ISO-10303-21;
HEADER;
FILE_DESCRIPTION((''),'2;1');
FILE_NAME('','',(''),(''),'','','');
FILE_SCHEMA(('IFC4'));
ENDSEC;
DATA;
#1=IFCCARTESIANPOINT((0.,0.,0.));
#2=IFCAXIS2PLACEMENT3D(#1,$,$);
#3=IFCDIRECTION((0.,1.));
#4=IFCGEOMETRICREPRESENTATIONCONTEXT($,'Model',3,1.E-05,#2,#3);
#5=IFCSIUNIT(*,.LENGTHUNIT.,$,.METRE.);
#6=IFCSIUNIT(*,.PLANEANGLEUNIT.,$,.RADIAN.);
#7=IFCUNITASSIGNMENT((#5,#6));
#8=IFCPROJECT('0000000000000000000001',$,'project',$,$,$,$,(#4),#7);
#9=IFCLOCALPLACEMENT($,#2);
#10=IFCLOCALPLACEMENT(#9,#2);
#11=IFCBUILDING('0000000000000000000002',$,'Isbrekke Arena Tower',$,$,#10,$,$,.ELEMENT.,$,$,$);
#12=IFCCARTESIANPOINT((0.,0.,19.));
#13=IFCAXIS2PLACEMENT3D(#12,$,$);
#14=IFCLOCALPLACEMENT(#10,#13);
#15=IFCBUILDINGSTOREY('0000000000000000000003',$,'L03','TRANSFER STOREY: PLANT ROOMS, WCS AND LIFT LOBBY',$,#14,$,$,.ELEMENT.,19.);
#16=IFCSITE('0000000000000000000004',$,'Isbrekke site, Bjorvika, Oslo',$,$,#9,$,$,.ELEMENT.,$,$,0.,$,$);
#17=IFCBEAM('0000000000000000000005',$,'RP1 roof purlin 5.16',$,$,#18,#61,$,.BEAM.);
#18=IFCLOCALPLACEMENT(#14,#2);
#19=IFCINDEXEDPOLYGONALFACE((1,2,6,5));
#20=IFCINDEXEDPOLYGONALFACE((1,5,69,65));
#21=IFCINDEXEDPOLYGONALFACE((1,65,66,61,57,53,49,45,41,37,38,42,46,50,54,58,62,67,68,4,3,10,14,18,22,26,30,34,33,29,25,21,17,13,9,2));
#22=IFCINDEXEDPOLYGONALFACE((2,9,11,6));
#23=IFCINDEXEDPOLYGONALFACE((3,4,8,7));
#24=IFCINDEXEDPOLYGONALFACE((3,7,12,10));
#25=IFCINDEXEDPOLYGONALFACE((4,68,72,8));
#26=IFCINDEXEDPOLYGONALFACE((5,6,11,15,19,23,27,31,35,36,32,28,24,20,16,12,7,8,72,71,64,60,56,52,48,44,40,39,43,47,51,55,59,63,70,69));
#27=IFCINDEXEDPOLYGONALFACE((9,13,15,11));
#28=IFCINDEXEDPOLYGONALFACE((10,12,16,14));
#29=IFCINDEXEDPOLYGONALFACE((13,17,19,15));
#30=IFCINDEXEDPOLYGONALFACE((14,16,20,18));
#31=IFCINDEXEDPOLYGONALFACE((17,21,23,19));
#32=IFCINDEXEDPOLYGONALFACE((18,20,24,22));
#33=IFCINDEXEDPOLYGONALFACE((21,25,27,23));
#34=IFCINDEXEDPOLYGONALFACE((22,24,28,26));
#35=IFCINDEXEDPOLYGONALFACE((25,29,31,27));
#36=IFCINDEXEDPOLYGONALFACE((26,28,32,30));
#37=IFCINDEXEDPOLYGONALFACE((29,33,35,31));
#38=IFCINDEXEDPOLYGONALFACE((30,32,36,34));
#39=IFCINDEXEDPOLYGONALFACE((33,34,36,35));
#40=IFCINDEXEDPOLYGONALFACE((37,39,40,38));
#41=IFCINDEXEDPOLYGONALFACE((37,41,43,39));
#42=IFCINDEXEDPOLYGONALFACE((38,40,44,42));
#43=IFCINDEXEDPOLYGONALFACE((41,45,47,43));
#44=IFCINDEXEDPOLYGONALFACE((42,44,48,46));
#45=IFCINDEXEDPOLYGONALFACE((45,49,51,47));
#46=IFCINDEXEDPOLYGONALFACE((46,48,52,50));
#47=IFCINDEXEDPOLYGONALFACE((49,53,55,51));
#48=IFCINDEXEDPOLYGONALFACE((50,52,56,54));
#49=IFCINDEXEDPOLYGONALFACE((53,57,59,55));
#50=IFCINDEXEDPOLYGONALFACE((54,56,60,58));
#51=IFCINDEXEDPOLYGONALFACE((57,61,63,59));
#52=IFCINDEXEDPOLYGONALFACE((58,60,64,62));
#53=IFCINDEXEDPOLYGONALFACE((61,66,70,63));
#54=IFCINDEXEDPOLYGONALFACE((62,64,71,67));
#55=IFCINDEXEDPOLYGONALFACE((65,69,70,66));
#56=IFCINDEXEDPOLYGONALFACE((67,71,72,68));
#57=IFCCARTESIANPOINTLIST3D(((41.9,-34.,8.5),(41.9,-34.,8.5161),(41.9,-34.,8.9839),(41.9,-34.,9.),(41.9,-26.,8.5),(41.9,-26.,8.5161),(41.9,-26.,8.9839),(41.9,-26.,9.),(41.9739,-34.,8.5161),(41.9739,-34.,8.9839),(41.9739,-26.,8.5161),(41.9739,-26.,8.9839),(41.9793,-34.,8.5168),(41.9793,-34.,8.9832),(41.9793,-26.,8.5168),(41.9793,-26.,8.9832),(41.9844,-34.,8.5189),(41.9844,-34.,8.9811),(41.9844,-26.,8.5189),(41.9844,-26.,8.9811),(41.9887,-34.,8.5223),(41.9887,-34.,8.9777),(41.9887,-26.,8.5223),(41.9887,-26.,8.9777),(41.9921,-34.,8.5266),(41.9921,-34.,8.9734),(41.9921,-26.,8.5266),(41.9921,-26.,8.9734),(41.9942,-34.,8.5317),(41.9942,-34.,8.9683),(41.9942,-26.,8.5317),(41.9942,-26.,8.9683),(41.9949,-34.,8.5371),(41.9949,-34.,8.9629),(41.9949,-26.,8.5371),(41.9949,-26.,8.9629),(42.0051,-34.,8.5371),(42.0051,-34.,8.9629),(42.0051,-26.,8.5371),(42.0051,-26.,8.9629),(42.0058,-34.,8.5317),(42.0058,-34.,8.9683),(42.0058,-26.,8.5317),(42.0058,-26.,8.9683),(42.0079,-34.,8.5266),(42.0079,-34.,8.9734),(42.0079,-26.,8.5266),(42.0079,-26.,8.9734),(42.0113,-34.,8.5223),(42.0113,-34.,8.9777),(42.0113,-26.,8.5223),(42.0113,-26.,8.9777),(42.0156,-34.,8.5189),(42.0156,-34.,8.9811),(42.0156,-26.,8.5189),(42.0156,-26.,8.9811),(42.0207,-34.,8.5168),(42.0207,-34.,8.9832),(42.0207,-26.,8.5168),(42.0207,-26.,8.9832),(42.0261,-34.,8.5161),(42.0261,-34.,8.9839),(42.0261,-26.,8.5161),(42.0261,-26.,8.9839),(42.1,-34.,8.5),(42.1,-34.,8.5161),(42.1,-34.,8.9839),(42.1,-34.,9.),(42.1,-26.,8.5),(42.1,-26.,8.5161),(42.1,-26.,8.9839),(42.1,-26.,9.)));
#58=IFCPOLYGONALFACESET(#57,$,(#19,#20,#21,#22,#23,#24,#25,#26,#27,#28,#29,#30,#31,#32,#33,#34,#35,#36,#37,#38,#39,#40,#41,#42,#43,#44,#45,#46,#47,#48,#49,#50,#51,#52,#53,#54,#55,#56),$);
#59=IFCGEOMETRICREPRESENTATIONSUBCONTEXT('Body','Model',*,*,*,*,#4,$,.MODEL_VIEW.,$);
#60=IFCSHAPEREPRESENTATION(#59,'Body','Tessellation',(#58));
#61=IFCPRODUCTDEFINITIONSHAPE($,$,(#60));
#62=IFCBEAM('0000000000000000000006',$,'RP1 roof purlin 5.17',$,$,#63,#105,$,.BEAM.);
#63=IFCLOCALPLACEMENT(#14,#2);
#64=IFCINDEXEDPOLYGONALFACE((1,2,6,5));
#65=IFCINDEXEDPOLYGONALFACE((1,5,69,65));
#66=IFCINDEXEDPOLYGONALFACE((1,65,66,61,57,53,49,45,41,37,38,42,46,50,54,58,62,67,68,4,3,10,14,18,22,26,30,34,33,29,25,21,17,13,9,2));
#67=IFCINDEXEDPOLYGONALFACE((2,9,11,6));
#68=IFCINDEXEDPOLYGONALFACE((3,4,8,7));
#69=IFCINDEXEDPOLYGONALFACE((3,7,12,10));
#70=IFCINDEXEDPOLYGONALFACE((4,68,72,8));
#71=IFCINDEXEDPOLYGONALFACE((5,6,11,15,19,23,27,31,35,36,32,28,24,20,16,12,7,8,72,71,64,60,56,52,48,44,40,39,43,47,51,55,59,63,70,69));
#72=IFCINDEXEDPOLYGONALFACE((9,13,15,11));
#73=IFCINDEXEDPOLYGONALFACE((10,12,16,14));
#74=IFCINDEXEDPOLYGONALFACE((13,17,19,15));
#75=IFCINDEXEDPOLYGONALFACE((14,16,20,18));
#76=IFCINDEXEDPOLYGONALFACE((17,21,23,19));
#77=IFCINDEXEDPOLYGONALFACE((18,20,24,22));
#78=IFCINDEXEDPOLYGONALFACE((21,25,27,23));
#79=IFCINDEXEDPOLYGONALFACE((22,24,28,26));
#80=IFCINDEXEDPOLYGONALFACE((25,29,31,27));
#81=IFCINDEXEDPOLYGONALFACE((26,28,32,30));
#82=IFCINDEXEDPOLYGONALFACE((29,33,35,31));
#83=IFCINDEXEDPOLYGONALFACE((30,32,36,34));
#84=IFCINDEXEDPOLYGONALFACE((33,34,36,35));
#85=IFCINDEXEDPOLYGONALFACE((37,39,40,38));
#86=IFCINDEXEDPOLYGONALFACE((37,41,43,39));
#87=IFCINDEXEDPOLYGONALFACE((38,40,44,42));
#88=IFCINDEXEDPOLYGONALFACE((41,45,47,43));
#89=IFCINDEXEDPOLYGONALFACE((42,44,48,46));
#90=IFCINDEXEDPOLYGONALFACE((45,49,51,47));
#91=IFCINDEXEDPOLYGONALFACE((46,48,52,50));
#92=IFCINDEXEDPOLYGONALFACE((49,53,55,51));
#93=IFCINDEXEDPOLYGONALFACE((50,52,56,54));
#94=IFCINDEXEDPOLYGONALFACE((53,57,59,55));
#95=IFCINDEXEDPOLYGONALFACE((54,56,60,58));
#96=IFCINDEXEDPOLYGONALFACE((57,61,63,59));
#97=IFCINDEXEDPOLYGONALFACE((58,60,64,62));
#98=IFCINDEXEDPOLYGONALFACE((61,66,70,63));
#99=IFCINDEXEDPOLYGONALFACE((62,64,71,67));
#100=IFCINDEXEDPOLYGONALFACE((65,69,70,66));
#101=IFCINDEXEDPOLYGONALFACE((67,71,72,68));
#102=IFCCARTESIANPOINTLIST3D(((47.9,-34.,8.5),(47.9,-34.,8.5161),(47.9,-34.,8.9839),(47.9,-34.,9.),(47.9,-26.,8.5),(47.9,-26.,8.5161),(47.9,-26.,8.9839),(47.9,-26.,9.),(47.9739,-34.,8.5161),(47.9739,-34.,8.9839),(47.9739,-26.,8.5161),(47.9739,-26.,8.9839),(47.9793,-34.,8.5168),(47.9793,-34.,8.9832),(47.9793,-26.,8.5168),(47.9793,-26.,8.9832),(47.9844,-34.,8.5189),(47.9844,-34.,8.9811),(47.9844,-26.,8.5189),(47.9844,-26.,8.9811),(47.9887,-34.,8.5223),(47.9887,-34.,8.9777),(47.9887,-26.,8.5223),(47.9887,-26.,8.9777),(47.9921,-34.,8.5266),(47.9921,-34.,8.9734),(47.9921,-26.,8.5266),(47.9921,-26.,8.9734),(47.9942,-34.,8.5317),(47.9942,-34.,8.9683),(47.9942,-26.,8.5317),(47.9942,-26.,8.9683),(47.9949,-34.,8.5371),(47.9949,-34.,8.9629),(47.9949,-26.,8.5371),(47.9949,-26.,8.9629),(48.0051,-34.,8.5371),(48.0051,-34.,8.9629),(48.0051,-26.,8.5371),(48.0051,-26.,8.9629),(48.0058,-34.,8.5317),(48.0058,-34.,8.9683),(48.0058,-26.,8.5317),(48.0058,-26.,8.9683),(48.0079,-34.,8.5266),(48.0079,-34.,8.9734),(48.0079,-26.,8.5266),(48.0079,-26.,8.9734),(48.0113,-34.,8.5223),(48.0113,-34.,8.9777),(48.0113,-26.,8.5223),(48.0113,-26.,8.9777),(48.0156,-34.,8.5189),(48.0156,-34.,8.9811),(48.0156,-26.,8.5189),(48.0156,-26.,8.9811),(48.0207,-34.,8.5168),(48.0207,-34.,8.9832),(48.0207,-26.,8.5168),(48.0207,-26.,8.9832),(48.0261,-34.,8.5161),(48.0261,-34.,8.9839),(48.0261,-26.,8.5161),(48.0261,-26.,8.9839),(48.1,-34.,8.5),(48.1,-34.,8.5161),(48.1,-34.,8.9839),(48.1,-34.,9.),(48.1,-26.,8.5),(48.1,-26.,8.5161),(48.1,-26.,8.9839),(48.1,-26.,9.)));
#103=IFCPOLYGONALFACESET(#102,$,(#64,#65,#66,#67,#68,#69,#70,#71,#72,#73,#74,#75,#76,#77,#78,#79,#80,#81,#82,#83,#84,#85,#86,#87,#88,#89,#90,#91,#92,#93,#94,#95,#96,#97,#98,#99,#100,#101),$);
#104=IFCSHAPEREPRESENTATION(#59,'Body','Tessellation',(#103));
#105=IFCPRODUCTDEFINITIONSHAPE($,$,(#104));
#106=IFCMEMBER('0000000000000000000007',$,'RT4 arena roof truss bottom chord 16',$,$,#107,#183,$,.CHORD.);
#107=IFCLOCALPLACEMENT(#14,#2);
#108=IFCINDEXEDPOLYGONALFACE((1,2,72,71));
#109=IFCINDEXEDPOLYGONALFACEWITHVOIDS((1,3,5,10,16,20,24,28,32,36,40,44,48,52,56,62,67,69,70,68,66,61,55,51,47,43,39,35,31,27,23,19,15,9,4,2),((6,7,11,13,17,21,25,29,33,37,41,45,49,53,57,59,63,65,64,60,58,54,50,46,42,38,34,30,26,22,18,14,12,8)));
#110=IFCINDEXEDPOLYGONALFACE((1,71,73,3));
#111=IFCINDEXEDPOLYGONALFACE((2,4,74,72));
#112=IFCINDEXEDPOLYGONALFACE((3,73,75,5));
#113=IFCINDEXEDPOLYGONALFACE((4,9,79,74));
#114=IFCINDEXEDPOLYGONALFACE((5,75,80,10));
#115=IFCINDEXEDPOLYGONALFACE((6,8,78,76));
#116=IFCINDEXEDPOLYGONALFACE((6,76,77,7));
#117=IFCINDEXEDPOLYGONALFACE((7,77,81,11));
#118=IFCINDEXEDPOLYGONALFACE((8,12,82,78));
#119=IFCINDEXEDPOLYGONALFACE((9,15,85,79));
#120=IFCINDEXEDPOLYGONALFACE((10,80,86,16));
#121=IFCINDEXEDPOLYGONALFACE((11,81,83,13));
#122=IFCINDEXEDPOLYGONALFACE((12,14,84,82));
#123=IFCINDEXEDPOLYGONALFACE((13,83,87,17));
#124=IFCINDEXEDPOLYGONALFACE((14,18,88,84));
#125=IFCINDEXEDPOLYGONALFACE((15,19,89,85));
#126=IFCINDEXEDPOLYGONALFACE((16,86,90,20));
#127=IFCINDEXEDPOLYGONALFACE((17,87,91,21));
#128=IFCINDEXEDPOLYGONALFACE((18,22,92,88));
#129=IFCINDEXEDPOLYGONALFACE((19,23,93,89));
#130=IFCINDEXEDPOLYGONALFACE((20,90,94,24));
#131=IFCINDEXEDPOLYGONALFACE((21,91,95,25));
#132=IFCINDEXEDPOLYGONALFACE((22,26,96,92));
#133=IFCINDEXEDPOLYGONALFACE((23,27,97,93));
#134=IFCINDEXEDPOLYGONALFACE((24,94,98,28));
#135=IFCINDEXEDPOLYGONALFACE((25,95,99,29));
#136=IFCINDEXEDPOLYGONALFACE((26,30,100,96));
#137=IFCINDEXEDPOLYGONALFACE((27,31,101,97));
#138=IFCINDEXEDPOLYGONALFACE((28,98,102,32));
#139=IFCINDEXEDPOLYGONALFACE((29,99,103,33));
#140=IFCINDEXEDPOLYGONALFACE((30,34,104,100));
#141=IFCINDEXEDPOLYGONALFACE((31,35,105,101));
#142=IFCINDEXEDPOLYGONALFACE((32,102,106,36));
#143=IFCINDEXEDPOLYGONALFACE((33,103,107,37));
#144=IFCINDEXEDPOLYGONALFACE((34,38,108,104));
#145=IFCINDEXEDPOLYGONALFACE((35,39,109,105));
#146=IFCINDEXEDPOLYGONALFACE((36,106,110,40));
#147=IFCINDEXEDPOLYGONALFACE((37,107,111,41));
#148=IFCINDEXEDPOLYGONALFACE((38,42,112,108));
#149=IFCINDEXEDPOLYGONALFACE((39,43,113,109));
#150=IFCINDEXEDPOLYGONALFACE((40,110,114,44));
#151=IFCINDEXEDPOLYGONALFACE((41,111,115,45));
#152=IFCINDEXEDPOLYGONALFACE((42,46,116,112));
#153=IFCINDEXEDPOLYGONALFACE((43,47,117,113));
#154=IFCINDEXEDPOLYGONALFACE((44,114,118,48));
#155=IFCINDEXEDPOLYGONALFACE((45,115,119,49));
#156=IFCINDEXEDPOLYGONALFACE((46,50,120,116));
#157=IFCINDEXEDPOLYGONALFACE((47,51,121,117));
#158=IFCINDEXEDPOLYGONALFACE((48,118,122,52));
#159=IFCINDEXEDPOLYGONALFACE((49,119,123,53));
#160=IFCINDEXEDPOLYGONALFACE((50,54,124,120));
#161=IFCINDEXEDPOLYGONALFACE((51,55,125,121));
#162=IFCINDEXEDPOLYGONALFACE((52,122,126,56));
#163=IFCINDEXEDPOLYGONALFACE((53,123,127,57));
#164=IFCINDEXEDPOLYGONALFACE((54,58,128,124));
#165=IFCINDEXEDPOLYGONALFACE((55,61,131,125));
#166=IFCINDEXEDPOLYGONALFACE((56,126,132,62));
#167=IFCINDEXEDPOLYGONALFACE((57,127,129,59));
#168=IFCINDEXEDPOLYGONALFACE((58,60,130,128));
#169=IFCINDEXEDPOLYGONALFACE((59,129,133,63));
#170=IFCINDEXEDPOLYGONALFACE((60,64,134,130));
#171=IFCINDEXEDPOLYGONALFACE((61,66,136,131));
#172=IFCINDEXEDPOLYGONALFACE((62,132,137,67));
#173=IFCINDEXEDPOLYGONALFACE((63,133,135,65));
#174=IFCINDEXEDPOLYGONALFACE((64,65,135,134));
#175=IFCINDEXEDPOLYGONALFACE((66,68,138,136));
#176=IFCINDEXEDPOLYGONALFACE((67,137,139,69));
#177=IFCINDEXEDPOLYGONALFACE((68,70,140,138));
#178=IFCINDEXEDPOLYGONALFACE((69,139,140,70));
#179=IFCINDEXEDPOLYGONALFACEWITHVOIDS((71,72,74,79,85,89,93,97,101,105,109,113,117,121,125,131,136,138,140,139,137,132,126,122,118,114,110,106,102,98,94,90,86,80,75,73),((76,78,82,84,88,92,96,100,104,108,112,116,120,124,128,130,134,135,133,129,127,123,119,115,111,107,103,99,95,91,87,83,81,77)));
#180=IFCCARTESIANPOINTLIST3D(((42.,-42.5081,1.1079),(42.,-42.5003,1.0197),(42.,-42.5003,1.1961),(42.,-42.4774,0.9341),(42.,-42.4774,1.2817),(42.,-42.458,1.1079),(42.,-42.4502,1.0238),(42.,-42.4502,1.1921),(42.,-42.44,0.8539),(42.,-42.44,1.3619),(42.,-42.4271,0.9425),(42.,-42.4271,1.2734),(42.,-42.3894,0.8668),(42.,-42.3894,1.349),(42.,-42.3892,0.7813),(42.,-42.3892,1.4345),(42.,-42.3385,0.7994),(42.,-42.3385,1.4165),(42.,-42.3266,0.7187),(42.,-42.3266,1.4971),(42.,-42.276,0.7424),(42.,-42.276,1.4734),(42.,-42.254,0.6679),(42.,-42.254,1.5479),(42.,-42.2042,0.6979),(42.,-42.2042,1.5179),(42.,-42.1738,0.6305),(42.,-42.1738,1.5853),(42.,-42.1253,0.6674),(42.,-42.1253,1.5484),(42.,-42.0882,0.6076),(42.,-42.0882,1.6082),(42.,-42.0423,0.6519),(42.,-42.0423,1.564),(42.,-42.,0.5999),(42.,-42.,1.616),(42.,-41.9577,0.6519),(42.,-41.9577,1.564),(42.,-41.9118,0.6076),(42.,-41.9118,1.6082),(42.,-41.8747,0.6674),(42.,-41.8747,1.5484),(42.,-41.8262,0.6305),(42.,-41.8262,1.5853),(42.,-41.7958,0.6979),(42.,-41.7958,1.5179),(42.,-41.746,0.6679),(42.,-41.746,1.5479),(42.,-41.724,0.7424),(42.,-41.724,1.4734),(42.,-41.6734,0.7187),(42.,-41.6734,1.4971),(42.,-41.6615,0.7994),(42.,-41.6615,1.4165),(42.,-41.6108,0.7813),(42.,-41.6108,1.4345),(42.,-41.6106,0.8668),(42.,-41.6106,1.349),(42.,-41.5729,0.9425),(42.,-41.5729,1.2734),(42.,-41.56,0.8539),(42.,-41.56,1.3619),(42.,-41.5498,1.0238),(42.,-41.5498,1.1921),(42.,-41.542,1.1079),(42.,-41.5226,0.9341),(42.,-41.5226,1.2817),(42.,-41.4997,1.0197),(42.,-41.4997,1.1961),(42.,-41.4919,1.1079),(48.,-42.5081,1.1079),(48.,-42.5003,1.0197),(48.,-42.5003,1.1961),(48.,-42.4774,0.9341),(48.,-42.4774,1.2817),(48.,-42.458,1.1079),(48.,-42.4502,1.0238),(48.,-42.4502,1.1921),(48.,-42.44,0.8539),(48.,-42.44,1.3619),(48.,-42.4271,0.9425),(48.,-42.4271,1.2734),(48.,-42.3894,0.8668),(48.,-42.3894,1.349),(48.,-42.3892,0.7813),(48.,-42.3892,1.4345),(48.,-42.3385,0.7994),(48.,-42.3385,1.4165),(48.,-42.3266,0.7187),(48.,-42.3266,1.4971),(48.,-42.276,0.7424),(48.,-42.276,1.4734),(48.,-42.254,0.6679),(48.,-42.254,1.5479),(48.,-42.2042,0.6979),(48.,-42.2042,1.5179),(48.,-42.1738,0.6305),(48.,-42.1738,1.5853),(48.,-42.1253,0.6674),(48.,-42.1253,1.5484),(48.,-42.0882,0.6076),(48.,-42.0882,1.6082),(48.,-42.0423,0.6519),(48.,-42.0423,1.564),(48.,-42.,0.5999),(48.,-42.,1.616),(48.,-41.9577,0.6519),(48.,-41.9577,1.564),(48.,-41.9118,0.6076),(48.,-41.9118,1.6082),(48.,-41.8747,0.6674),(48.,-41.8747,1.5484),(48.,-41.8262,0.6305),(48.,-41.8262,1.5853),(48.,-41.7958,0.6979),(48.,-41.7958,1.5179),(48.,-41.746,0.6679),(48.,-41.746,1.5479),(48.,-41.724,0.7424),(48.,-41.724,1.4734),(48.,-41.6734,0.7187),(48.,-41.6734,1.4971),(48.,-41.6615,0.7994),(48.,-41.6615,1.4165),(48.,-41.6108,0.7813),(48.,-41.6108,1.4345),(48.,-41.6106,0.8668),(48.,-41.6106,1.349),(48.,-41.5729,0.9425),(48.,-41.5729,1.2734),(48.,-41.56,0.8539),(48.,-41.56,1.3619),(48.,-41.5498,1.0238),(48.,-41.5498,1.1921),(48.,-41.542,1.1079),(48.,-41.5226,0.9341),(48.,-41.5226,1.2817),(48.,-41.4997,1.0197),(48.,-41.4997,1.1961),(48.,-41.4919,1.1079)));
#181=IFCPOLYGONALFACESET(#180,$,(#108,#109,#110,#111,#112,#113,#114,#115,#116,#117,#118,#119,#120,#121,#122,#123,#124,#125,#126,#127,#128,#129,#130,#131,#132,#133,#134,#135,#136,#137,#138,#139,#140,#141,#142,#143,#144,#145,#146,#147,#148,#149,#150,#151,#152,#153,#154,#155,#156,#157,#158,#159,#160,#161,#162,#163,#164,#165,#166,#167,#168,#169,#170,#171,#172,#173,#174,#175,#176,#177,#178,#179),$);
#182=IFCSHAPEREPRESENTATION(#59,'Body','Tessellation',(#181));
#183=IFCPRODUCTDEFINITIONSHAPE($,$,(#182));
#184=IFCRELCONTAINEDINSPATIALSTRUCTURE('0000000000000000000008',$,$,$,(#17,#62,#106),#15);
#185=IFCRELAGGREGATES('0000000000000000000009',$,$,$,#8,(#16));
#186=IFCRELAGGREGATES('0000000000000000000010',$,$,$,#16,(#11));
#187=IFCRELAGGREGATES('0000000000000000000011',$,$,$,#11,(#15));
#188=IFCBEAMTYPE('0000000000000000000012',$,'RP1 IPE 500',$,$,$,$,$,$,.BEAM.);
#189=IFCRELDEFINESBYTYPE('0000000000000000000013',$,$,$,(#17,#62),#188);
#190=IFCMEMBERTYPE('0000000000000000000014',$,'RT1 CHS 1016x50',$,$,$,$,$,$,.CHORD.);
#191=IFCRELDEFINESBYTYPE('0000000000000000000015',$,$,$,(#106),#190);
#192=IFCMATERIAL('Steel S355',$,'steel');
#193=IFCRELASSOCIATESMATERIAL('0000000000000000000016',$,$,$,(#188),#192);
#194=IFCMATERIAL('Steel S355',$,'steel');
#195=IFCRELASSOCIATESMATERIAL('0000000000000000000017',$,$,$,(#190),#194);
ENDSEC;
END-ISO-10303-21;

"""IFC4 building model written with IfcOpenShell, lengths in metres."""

from ifc_helpers import new_model, si_unit, direction, frame, origin, origin_2d, place, context, subcontext, project, spatial, hollow_circle, i_section, extrude, material, material_profile, profile_set, type_object, element, save


model = new_model("IFC4")

# Units and contexts
model_context = context("Model", 3, precision=1e-05, world=origin(), true_north=direction((0.0, 1.0)))
body_context = subcontext(model_context, "Body", "Model", "MODEL_VIEW")
ifc_project = project(units=[si_unit("LENGTHUNIT", "METRE"), si_unit("PLANEANGLEUNIT", "RADIAN")], contexts=[model_context])

# Site, building, storey
site_placement = place(None, origin())
site = spatial("IfcSite", under=ifc_project, at=site_placement, Name="Isbrekke site, Bjorvika, Oslo", CompositionType="ELEMENT", RefElevation=0.0)
building_placement = place(site_placement, origin())
building = spatial("IfcBuilding", under=site, at=building_placement, Name="Isbrekke Arena Tower", CompositionType="ELEMENT")
storey_placement = place(building_placement, frame((0.0, 0.0, 19.0)))
storey = spatial("IfcBuildingStorey", under=building, at=storey_placement, Name="L03", Description="TRANSFER STOREY: PLANT ROOMS, WCS AND LIFT LOBBY", CompositionType="ELEMENT", Elevation=19.0)

# Beams
ifc_material_1 = material(Name="Steel S355", Category="steel")
ifc_material_profile_1 = material_profile(ifc_material_1, i_section(OverallWidth=0.2, OverallDepth=0.5, WebThickness=0.0103, FlangeThickness=0.0161, FilletRadius=0.021, at=origin_2d()), Name="IPE 500")
ifc_profile_set_1 = profile_set([ifc_material_profile_1], Name="Steel S355")
beam_type = type_object("IfcBeamType", Name="RP1 IPE 500", PredefinedType="BEAM", material=ifc_profile_set_1)
for number, where, z_axis, x_axis, name in (
    (1, (42.0, -34.0, 8.75), (0.0, 1.0, 0.0), (-1.0, 0.0, 0.0), "RP1 roof purlin 5.16"),
    (2, (48.0, -34.0, 8.75), (0.0, 1.0, 0.0), (-1.0, 0.0, 0.0), "RP1 roof purlin 5.17"),
):
    element("IfcBeam", number, at=place(storey_placement, frame(where, z_axis=z_axis, x_axis=x_axis)), inside=storey, type_object=beam_type, Name=name, PredefinedType="BEAM", context=body_context, shape_type="SweptSolid", body=[
        extrude(i_section(OverallWidth=0.2, OverallDepth=0.5, WebThickness=0.0103, FlangeThickness=0.0161, FilletRadius=0.021, at=origin_2d()), origin(), (0.0, 0.0, 1.0), 8.0),
    ])

# Member
ifc_material_2 = material(Name="Steel S355", Category="steel")
ifc_material_profile_2 = material_profile(ifc_material_2, hollow_circle(Radius=0.5081, WallThickness=0.05, at=origin_2d()), Name="CHS 1016x50")
ifc_profile_set_2 = profile_set([ifc_material_profile_2], Name="Steel S355")
member_type_1 = type_object("IfcMemberType", Name="RT1 CHS 1016x50", PredefinedType="CHORD", material=ifc_profile_set_2)
for number, where, z_axis, x_axis, name in (
    (3, (42.0, -42.0, 1.1079), (1.0, 0.0, 0.0), (0.0, 1.0, 0.0), "RT4 arena roof truss bottom chord 16"),
):
    element("IfcMember", number, at=place(storey_placement, frame(where, z_axis=z_axis, x_axis=x_axis)), inside=storey, type_object=member_type_1, Name=name, PredefinedType="CHORD", context=body_context, shape_type="SweptSolid", body=[
        extrude(hollow_circle(Radius=0.5081, WallThickness=0.05, at=origin_2d()), origin(), (0.0, 0.0, 1.0), 6.0),
    ])

save(model, "model.ifc")
